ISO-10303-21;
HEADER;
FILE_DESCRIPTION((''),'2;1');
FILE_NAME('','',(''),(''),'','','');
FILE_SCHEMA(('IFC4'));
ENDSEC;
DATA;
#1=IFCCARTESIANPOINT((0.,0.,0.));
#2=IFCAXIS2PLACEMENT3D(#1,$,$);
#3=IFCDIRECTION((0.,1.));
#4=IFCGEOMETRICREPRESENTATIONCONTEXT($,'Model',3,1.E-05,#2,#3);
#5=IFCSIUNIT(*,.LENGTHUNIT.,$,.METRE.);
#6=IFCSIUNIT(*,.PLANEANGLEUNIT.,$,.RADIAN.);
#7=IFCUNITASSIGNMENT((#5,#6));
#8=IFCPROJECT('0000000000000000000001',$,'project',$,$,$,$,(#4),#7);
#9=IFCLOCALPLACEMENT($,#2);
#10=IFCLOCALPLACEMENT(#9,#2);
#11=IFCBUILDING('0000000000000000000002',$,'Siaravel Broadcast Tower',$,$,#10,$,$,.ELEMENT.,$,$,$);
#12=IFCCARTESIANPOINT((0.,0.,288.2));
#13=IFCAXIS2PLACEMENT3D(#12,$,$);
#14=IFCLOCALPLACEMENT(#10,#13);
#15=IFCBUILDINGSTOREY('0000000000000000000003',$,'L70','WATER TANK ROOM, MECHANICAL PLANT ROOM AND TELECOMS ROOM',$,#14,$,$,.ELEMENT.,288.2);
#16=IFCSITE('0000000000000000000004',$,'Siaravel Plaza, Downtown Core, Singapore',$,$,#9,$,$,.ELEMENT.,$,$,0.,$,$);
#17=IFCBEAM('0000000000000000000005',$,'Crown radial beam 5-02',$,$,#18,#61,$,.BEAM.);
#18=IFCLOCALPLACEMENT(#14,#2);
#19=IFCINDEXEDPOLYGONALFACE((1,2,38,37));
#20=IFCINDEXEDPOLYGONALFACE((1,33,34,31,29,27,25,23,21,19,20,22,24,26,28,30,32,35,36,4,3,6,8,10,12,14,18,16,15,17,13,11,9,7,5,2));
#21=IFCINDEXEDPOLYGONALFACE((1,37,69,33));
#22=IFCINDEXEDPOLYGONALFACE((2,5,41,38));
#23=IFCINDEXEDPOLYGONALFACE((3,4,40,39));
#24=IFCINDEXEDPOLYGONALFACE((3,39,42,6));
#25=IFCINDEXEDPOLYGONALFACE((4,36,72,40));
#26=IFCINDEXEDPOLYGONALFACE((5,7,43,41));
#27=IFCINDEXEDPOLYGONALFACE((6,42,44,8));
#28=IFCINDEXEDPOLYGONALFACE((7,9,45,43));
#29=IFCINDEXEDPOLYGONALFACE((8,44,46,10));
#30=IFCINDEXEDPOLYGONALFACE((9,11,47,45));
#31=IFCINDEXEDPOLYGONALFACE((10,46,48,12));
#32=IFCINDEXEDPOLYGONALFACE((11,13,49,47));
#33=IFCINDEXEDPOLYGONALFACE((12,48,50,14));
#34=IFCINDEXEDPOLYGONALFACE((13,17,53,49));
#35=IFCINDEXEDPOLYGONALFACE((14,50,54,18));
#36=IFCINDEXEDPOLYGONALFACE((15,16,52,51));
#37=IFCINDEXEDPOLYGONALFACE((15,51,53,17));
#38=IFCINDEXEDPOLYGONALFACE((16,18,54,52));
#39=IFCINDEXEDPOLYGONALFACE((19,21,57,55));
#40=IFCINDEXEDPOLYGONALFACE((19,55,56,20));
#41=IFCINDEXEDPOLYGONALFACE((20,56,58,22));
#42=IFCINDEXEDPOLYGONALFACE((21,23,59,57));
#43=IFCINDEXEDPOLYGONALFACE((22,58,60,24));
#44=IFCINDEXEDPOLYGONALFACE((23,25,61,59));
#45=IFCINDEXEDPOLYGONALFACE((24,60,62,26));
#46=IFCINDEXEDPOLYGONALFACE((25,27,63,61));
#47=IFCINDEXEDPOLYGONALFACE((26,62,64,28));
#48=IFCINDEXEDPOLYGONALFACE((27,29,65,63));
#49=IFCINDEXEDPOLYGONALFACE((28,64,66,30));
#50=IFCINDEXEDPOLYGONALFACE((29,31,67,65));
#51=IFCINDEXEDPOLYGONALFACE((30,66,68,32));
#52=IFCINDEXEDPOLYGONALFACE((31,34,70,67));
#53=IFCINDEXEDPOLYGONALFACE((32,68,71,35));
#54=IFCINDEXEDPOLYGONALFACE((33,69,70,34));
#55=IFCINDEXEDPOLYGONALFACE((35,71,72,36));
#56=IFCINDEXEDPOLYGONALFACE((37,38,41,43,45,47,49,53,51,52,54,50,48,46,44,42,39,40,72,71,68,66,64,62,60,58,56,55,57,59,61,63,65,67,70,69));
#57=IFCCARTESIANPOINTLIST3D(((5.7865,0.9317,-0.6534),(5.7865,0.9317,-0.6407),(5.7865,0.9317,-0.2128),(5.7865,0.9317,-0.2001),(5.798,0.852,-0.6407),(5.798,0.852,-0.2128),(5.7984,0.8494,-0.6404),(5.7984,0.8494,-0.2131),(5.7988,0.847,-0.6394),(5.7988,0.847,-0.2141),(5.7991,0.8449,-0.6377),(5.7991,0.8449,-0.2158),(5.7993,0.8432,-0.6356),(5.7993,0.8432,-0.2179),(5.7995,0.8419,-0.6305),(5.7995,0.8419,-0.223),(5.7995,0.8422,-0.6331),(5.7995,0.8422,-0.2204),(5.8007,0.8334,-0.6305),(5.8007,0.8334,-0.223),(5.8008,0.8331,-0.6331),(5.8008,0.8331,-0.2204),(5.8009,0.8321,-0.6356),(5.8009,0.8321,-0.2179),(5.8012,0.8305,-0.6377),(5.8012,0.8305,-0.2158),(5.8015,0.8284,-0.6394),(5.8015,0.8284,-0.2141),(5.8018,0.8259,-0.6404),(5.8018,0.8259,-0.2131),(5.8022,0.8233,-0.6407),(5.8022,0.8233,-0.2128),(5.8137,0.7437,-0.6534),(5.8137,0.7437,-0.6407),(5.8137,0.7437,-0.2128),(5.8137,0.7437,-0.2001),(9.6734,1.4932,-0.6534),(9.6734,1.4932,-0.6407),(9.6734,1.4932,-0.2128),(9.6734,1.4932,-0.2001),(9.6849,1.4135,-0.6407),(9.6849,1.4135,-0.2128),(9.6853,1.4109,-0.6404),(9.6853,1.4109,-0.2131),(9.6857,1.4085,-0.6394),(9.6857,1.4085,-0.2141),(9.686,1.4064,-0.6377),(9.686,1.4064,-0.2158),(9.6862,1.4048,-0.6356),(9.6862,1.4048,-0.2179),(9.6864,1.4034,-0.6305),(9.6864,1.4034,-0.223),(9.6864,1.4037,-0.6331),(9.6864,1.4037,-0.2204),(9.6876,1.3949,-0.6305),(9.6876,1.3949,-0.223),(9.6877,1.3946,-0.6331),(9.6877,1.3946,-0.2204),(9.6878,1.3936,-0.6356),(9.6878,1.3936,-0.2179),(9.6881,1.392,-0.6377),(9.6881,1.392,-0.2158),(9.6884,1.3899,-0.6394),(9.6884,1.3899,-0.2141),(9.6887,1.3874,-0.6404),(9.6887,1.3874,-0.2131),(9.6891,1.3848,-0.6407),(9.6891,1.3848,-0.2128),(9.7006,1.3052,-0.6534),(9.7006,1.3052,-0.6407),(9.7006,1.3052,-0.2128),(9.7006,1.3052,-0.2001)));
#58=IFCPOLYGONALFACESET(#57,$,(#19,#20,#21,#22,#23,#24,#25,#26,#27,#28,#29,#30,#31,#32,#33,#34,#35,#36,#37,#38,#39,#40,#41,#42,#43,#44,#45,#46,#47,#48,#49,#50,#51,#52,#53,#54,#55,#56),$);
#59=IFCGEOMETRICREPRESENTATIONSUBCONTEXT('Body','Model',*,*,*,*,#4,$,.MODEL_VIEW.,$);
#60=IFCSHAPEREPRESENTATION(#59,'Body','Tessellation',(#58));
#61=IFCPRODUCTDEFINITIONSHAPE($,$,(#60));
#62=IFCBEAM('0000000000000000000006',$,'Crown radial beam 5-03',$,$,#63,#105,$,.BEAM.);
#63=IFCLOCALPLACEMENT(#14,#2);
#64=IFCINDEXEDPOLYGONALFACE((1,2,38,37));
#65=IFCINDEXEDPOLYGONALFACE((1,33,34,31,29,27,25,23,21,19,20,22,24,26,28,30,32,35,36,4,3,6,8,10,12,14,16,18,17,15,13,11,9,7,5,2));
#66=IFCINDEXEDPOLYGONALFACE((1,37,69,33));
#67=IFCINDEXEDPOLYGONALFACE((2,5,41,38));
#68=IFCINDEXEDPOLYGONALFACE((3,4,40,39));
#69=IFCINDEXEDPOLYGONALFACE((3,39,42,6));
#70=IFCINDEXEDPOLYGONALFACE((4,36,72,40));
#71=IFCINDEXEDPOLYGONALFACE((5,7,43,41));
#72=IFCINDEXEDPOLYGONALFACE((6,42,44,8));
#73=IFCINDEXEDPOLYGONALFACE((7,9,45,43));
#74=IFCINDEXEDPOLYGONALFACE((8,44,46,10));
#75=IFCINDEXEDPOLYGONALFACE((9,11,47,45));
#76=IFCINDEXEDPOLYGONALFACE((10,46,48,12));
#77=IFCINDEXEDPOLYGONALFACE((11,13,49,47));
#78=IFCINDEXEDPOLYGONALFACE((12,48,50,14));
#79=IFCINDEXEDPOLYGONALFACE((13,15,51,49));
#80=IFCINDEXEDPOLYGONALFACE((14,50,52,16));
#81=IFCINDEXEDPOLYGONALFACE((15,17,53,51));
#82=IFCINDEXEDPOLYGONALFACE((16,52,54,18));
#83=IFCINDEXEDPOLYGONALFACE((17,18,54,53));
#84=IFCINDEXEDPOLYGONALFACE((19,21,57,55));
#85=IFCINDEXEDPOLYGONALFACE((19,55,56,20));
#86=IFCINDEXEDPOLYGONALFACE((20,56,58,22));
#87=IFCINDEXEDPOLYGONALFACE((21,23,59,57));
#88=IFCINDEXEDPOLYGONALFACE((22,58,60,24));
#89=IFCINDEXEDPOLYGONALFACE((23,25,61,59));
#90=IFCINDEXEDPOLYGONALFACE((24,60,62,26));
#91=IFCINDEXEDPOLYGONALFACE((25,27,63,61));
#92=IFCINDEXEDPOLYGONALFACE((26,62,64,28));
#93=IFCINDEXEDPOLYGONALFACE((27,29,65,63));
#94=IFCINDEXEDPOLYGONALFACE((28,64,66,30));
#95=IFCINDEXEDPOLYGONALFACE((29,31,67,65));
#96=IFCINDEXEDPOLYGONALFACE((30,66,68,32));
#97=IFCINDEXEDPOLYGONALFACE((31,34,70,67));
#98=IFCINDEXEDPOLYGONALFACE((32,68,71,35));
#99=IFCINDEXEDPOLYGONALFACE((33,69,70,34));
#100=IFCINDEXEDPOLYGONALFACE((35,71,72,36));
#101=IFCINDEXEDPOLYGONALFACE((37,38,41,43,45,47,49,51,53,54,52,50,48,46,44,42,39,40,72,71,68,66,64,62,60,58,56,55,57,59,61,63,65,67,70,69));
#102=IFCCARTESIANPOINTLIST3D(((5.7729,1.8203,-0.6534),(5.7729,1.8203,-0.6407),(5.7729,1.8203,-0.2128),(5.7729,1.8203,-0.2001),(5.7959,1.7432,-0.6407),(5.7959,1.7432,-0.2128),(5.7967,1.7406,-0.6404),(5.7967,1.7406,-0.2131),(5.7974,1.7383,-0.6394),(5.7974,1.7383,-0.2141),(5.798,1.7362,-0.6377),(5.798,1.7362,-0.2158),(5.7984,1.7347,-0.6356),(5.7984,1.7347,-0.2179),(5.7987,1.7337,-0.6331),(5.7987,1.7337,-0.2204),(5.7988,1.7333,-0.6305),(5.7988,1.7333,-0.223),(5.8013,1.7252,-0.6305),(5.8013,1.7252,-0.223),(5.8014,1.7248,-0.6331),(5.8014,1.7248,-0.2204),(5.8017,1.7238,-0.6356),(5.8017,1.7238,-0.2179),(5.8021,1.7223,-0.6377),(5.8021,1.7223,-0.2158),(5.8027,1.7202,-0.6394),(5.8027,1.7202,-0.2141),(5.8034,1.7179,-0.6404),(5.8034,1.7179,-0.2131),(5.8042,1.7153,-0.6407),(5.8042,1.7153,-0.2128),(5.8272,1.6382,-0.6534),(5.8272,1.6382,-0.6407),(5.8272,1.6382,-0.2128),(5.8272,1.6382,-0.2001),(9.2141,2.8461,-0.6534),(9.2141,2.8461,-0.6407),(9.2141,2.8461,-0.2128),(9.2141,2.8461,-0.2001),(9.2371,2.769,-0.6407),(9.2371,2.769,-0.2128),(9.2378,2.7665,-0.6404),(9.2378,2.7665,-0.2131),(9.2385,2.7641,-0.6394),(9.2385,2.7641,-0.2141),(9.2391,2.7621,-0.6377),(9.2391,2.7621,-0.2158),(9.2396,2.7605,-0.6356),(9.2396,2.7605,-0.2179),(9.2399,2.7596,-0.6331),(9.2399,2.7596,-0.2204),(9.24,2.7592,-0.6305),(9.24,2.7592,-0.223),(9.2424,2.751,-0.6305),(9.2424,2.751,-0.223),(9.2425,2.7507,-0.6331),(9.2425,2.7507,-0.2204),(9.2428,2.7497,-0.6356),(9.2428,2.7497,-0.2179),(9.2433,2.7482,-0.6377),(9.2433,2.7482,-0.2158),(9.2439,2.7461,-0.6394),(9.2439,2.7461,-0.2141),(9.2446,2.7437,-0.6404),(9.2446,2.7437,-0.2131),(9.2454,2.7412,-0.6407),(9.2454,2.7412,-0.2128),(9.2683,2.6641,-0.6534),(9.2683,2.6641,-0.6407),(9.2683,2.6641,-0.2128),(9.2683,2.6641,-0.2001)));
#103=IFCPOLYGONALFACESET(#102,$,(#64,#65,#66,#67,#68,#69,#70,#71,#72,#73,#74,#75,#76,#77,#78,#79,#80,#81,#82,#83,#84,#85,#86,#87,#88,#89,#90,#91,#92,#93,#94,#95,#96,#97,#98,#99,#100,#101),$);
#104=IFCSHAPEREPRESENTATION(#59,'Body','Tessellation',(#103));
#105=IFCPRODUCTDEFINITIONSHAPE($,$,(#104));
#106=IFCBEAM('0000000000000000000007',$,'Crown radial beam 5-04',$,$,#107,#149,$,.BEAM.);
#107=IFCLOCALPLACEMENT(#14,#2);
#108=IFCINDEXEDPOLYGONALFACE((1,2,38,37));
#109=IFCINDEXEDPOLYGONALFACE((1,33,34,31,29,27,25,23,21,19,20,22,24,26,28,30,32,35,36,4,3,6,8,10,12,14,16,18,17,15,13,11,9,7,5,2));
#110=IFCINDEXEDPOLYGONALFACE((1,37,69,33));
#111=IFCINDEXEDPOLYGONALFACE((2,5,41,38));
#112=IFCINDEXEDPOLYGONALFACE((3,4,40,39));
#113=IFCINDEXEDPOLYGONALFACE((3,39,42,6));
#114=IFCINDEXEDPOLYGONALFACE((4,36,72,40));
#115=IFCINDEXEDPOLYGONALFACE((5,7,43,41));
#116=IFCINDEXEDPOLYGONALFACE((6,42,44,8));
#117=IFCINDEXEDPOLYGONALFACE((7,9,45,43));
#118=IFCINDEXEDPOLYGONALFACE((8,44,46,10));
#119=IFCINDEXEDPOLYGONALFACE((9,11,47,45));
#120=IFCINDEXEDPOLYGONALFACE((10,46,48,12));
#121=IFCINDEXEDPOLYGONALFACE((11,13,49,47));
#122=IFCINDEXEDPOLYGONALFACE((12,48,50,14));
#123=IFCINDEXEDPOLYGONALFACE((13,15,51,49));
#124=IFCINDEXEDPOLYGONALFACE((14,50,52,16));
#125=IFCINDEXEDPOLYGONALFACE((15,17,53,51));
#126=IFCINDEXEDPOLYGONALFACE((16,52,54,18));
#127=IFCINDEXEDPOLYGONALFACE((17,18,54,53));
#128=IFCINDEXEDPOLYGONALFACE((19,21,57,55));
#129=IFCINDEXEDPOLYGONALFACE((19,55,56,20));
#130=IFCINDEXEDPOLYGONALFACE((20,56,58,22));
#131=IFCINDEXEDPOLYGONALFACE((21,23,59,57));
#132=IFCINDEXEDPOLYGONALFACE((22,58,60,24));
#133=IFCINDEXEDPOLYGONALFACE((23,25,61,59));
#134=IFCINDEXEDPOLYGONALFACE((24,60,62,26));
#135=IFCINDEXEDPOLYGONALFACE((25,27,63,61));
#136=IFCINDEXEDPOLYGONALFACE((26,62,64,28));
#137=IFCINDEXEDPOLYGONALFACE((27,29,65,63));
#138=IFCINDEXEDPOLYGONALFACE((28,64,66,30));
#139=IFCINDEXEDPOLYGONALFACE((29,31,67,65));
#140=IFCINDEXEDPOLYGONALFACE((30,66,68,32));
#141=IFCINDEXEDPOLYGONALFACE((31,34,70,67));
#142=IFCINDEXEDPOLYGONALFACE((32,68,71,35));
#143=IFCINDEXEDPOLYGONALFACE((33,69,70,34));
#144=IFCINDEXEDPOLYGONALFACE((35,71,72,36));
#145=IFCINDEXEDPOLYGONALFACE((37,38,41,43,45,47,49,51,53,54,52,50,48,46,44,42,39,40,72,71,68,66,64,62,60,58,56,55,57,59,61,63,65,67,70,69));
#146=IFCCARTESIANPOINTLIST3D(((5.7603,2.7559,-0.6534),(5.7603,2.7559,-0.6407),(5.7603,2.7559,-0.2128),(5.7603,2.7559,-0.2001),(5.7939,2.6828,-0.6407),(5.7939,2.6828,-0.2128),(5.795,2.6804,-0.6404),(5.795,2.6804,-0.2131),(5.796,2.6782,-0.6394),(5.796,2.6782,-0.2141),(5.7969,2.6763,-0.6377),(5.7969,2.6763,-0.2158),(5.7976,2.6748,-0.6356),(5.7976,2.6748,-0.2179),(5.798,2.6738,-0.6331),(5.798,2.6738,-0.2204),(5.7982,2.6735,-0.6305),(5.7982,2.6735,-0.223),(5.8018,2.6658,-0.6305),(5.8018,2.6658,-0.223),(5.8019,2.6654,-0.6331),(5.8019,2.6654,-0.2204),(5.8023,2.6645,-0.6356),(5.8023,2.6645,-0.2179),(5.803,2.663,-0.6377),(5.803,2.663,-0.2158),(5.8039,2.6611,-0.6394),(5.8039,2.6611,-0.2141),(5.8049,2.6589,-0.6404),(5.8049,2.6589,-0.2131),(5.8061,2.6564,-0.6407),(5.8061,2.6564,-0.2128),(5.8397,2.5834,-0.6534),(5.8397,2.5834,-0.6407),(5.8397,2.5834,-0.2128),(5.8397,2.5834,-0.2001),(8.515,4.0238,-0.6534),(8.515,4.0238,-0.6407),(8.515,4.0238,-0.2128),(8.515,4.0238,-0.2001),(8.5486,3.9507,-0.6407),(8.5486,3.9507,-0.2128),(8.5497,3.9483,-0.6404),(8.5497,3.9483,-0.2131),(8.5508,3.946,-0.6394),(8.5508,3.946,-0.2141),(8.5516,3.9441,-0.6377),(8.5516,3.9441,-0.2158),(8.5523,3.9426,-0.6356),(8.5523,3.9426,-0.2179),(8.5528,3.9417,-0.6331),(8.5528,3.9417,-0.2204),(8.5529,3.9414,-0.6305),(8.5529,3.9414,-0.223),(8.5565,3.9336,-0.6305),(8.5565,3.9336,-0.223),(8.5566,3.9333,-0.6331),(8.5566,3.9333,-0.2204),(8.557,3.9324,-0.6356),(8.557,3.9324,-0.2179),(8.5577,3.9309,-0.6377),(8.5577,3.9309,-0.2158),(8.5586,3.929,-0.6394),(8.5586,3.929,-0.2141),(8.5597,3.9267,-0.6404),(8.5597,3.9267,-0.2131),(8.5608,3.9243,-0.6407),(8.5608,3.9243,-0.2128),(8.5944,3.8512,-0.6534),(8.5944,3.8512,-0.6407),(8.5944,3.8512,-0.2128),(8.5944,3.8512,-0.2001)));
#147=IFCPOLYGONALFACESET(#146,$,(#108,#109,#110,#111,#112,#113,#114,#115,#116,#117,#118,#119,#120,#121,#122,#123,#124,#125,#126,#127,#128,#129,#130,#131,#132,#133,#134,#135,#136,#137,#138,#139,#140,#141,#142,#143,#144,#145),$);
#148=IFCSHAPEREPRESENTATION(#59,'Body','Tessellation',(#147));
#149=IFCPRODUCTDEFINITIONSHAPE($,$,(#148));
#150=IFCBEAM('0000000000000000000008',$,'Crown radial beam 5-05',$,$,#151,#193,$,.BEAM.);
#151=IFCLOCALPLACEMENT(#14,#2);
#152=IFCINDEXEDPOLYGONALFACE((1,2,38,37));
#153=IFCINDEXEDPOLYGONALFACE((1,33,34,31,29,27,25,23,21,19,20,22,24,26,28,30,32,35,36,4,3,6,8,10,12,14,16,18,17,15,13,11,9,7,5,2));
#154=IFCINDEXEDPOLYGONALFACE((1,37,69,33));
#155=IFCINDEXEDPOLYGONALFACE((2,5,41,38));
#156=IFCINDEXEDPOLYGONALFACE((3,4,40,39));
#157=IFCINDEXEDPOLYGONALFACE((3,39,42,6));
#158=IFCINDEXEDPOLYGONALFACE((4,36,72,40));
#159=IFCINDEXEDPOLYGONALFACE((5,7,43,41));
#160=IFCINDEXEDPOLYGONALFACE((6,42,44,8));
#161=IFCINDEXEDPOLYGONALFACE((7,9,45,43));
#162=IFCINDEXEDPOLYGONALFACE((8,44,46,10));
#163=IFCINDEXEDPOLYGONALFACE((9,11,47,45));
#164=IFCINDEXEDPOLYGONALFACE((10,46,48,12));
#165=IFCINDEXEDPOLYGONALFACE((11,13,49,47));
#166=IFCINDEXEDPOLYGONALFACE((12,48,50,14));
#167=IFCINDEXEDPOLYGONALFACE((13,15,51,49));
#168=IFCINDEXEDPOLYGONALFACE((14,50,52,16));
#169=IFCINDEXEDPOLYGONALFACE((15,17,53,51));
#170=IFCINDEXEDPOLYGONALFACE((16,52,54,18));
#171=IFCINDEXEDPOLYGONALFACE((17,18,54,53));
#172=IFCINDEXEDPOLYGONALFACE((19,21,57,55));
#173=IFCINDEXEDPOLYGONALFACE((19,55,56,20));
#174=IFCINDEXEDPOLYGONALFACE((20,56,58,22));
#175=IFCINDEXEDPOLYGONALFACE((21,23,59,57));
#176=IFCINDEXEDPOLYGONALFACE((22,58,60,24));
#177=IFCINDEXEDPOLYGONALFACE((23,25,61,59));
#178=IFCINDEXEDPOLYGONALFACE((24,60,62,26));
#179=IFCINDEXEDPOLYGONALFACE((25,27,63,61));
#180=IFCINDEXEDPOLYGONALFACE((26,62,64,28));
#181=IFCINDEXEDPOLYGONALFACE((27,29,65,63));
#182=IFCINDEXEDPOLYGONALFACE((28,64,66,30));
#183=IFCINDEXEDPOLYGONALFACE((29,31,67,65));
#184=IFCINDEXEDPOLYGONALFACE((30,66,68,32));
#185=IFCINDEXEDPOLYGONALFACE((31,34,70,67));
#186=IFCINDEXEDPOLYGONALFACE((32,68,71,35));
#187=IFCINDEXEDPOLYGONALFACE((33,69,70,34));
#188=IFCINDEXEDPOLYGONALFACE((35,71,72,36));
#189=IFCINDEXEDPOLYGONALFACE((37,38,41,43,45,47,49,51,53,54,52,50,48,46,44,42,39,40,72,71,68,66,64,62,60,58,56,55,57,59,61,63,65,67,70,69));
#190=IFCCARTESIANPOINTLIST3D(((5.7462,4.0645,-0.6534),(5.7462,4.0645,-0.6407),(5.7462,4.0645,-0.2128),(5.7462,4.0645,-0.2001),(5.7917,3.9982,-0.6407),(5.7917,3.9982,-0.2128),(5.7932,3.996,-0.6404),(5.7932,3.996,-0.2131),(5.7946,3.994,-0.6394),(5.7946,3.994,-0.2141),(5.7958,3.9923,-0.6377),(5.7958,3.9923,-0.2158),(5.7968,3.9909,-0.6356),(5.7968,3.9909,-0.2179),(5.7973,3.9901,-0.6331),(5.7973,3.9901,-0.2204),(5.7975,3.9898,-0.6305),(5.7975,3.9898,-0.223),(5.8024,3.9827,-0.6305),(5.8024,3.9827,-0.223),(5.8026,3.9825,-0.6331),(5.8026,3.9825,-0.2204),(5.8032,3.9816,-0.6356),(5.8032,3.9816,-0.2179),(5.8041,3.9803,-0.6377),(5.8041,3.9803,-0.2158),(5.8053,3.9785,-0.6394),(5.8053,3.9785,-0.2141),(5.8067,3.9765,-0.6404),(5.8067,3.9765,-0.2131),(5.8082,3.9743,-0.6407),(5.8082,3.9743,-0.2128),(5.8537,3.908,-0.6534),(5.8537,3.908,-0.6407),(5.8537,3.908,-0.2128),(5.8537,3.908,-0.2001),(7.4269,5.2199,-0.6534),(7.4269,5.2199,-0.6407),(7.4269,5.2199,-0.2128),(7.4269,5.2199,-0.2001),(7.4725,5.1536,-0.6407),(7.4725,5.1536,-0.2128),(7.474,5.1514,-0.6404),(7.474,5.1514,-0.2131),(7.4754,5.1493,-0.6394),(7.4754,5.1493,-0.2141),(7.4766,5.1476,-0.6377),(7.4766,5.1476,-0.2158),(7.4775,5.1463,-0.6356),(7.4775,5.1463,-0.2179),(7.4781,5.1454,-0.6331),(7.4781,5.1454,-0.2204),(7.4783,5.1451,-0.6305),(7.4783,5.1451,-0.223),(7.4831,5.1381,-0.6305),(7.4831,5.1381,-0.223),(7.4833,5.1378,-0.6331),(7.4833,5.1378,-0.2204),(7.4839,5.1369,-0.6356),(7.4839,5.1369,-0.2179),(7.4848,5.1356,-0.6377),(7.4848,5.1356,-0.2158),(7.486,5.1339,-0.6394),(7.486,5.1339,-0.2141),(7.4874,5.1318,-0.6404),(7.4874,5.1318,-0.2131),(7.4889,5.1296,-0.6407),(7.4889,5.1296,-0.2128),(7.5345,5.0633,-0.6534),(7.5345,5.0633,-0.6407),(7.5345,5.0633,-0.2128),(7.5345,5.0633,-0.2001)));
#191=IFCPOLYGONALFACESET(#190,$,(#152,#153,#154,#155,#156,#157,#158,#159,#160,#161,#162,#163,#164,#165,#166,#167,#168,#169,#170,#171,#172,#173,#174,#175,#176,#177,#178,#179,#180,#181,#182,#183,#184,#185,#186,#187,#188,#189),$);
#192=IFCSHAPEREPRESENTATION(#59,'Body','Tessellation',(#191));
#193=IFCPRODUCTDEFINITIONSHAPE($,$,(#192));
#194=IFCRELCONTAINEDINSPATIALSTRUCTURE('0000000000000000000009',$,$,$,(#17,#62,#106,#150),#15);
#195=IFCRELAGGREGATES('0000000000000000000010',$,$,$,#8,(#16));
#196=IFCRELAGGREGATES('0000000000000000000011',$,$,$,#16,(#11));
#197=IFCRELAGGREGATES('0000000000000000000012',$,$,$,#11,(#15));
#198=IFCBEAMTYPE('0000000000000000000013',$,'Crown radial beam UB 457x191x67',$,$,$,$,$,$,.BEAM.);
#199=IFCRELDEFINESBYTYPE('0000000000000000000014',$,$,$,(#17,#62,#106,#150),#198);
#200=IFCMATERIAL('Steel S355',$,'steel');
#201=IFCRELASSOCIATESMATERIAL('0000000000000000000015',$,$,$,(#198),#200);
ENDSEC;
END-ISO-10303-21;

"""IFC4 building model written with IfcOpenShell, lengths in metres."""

from ifc_helpers import new_model, si_unit, direction, frame, origin, origin_2d, place, context, subcontext, project, spatial, i_section, extrude, material, material_profile, profile_set, type_object, element, save


model = new_model("IFC4")

# Units and contexts
model_context = context("Model", 3, precision=1e-05, world=origin(), true_north=direction((0.0, 1.0)))
body_context = subcontext(model_context, "Body", "Model", "MODEL_VIEW")
ifc_project = project(units=[si_unit("LENGTHUNIT", "METRE"), si_unit("PLANEANGLEUNIT", "RADIAN")], contexts=[model_context])

# Site, building, storey
site_placement = place(None, origin())
site = spatial("IfcSite", under=ifc_project, at=site_placement, Name="Siaravel Plaza, Downtown Core, Singapore", CompositionType="ELEMENT", RefElevation=0.0)
building_placement = place(site_placement, origin())
building = spatial("IfcBuilding", under=site, at=building_placement, Name="Siaravel Broadcast Tower", CompositionType="ELEMENT")
storey_placement = place(building_placement, frame((0.0, 0.0, 288.2)))
storey = spatial("IfcBuildingStorey", under=building, at=storey_placement, Name="L70", Description="WATER TANK ROOM, MECHANICAL PLANT ROOM AND TELECOMS ROOM", CompositionType="ELEMENT", Elevation=288.2)

# Beams
ifc_material_1 = material(Name="Steel S355", Category="steel")
ifc_material_profile_1 = material_profile(ifc_material_1, i_section(OverallWidth=0.1899, OverallDepth=0.4534, WebThickness=0.0085, FlangeThickness=0.0127, FilletRadius=0.0103, at=origin_2d()))
ifc_profile_set_1 = profile_set([ifc_material_profile_1], Name="Steel S355")
beam_type_1 = type_object("IfcBeamType", Name="Crown radial beam UB 457x191x67", PredefinedType="BEAM", material=ifc_profile_set_1)
beam_1_placement = place(storey_placement, frame((9.687, 1.3992, -0.4268), z_axis=(-0.989726, -0.142979, 0.0), x_axis=(0.142979, -0.989726, 0.0)))
element("IfcBeam", 1, at=beam_1_placement, inside=storey, type_object=beam_type_1, Name="Crown radial beam 5-02", PredefinedType="BEAM", context=body_context, shape_type="SweptSolid", body=[
    extrude(i_section(OverallWidth=0.1899, OverallDepth=0.4534, WebThickness=0.0085, FlangeThickness=0.0127, FilletRadius=0.0103, at=origin_2d()), origin(), (0.0, 0.0, 1.0), 3.9272),
])
beam_2_placement = place(storey_placement, frame((9.2412, 2.7551, -0.4268), z_axis=(-0.958321, -0.285694, 0.0), x_axis=(0.285694, -0.958321, 0.0)))
element("IfcBeam", 2, at=beam_2_placement, inside=storey, type_object=beam_type_1, Name="Crown radial beam 5-03", PredefinedType="BEAM", context=body_context, shape_type="SweptSolid", body=[
    extrude(i_section(OverallWidth=0.1899, OverallDepth=0.4534, WebThickness=0.0085, FlangeThickness=0.0127, FilletRadius=0.0103, at=origin_2d()), origin(), (0.0, 0.0, 1.0), 3.5908),
])
beam_3_placement = place(storey_placement, frame((8.5547, 3.9375, -0.4268), z_axis=(-0.908404, -0.418093, 0.0), x_axis=(0.418093, -0.908404, 0.0)))
element("IfcBeam", 3, at=beam_3_placement, inside=storey, type_object=beam_type_1, Name="Crown radial beam 5-04", PredefinedType="BEAM", context=body_context, shape_type="SweptSolid", body=[
    extrude(i_section(OverallWidth=0.1899, OverallDepth=0.4534, WebThickness=0.0085, FlangeThickness=0.0127, FilletRadius=0.0103, at=origin_2d()), origin(), (0.0, 0.0, 1.0), 3.0325),
])
beam_4_placement = place(storey_placement, frame((7.4807, 5.1416, -0.4268), z_axis=(-0.824084, -0.566468, 0.0), x_axis=(0.566468, -0.824084, 0.0)))
element("IfcBeam", 4, at=beam_4_placement, inside=storey, type_object=beam_type_1, Name="Crown radial beam 5-05", PredefinedType="BEAM", context=body_context, shape_type="SweptSolid", body=[
    extrude(i_section(OverallWidth=0.1899, OverallDepth=0.4534, WebThickness=0.0085, FlangeThickness=0.0127, FilletRadius=0.0103, at=origin_2d()), origin(), (0.0, 0.0, 1.0), 2.0396),
])

save(model, "model.ifc")
